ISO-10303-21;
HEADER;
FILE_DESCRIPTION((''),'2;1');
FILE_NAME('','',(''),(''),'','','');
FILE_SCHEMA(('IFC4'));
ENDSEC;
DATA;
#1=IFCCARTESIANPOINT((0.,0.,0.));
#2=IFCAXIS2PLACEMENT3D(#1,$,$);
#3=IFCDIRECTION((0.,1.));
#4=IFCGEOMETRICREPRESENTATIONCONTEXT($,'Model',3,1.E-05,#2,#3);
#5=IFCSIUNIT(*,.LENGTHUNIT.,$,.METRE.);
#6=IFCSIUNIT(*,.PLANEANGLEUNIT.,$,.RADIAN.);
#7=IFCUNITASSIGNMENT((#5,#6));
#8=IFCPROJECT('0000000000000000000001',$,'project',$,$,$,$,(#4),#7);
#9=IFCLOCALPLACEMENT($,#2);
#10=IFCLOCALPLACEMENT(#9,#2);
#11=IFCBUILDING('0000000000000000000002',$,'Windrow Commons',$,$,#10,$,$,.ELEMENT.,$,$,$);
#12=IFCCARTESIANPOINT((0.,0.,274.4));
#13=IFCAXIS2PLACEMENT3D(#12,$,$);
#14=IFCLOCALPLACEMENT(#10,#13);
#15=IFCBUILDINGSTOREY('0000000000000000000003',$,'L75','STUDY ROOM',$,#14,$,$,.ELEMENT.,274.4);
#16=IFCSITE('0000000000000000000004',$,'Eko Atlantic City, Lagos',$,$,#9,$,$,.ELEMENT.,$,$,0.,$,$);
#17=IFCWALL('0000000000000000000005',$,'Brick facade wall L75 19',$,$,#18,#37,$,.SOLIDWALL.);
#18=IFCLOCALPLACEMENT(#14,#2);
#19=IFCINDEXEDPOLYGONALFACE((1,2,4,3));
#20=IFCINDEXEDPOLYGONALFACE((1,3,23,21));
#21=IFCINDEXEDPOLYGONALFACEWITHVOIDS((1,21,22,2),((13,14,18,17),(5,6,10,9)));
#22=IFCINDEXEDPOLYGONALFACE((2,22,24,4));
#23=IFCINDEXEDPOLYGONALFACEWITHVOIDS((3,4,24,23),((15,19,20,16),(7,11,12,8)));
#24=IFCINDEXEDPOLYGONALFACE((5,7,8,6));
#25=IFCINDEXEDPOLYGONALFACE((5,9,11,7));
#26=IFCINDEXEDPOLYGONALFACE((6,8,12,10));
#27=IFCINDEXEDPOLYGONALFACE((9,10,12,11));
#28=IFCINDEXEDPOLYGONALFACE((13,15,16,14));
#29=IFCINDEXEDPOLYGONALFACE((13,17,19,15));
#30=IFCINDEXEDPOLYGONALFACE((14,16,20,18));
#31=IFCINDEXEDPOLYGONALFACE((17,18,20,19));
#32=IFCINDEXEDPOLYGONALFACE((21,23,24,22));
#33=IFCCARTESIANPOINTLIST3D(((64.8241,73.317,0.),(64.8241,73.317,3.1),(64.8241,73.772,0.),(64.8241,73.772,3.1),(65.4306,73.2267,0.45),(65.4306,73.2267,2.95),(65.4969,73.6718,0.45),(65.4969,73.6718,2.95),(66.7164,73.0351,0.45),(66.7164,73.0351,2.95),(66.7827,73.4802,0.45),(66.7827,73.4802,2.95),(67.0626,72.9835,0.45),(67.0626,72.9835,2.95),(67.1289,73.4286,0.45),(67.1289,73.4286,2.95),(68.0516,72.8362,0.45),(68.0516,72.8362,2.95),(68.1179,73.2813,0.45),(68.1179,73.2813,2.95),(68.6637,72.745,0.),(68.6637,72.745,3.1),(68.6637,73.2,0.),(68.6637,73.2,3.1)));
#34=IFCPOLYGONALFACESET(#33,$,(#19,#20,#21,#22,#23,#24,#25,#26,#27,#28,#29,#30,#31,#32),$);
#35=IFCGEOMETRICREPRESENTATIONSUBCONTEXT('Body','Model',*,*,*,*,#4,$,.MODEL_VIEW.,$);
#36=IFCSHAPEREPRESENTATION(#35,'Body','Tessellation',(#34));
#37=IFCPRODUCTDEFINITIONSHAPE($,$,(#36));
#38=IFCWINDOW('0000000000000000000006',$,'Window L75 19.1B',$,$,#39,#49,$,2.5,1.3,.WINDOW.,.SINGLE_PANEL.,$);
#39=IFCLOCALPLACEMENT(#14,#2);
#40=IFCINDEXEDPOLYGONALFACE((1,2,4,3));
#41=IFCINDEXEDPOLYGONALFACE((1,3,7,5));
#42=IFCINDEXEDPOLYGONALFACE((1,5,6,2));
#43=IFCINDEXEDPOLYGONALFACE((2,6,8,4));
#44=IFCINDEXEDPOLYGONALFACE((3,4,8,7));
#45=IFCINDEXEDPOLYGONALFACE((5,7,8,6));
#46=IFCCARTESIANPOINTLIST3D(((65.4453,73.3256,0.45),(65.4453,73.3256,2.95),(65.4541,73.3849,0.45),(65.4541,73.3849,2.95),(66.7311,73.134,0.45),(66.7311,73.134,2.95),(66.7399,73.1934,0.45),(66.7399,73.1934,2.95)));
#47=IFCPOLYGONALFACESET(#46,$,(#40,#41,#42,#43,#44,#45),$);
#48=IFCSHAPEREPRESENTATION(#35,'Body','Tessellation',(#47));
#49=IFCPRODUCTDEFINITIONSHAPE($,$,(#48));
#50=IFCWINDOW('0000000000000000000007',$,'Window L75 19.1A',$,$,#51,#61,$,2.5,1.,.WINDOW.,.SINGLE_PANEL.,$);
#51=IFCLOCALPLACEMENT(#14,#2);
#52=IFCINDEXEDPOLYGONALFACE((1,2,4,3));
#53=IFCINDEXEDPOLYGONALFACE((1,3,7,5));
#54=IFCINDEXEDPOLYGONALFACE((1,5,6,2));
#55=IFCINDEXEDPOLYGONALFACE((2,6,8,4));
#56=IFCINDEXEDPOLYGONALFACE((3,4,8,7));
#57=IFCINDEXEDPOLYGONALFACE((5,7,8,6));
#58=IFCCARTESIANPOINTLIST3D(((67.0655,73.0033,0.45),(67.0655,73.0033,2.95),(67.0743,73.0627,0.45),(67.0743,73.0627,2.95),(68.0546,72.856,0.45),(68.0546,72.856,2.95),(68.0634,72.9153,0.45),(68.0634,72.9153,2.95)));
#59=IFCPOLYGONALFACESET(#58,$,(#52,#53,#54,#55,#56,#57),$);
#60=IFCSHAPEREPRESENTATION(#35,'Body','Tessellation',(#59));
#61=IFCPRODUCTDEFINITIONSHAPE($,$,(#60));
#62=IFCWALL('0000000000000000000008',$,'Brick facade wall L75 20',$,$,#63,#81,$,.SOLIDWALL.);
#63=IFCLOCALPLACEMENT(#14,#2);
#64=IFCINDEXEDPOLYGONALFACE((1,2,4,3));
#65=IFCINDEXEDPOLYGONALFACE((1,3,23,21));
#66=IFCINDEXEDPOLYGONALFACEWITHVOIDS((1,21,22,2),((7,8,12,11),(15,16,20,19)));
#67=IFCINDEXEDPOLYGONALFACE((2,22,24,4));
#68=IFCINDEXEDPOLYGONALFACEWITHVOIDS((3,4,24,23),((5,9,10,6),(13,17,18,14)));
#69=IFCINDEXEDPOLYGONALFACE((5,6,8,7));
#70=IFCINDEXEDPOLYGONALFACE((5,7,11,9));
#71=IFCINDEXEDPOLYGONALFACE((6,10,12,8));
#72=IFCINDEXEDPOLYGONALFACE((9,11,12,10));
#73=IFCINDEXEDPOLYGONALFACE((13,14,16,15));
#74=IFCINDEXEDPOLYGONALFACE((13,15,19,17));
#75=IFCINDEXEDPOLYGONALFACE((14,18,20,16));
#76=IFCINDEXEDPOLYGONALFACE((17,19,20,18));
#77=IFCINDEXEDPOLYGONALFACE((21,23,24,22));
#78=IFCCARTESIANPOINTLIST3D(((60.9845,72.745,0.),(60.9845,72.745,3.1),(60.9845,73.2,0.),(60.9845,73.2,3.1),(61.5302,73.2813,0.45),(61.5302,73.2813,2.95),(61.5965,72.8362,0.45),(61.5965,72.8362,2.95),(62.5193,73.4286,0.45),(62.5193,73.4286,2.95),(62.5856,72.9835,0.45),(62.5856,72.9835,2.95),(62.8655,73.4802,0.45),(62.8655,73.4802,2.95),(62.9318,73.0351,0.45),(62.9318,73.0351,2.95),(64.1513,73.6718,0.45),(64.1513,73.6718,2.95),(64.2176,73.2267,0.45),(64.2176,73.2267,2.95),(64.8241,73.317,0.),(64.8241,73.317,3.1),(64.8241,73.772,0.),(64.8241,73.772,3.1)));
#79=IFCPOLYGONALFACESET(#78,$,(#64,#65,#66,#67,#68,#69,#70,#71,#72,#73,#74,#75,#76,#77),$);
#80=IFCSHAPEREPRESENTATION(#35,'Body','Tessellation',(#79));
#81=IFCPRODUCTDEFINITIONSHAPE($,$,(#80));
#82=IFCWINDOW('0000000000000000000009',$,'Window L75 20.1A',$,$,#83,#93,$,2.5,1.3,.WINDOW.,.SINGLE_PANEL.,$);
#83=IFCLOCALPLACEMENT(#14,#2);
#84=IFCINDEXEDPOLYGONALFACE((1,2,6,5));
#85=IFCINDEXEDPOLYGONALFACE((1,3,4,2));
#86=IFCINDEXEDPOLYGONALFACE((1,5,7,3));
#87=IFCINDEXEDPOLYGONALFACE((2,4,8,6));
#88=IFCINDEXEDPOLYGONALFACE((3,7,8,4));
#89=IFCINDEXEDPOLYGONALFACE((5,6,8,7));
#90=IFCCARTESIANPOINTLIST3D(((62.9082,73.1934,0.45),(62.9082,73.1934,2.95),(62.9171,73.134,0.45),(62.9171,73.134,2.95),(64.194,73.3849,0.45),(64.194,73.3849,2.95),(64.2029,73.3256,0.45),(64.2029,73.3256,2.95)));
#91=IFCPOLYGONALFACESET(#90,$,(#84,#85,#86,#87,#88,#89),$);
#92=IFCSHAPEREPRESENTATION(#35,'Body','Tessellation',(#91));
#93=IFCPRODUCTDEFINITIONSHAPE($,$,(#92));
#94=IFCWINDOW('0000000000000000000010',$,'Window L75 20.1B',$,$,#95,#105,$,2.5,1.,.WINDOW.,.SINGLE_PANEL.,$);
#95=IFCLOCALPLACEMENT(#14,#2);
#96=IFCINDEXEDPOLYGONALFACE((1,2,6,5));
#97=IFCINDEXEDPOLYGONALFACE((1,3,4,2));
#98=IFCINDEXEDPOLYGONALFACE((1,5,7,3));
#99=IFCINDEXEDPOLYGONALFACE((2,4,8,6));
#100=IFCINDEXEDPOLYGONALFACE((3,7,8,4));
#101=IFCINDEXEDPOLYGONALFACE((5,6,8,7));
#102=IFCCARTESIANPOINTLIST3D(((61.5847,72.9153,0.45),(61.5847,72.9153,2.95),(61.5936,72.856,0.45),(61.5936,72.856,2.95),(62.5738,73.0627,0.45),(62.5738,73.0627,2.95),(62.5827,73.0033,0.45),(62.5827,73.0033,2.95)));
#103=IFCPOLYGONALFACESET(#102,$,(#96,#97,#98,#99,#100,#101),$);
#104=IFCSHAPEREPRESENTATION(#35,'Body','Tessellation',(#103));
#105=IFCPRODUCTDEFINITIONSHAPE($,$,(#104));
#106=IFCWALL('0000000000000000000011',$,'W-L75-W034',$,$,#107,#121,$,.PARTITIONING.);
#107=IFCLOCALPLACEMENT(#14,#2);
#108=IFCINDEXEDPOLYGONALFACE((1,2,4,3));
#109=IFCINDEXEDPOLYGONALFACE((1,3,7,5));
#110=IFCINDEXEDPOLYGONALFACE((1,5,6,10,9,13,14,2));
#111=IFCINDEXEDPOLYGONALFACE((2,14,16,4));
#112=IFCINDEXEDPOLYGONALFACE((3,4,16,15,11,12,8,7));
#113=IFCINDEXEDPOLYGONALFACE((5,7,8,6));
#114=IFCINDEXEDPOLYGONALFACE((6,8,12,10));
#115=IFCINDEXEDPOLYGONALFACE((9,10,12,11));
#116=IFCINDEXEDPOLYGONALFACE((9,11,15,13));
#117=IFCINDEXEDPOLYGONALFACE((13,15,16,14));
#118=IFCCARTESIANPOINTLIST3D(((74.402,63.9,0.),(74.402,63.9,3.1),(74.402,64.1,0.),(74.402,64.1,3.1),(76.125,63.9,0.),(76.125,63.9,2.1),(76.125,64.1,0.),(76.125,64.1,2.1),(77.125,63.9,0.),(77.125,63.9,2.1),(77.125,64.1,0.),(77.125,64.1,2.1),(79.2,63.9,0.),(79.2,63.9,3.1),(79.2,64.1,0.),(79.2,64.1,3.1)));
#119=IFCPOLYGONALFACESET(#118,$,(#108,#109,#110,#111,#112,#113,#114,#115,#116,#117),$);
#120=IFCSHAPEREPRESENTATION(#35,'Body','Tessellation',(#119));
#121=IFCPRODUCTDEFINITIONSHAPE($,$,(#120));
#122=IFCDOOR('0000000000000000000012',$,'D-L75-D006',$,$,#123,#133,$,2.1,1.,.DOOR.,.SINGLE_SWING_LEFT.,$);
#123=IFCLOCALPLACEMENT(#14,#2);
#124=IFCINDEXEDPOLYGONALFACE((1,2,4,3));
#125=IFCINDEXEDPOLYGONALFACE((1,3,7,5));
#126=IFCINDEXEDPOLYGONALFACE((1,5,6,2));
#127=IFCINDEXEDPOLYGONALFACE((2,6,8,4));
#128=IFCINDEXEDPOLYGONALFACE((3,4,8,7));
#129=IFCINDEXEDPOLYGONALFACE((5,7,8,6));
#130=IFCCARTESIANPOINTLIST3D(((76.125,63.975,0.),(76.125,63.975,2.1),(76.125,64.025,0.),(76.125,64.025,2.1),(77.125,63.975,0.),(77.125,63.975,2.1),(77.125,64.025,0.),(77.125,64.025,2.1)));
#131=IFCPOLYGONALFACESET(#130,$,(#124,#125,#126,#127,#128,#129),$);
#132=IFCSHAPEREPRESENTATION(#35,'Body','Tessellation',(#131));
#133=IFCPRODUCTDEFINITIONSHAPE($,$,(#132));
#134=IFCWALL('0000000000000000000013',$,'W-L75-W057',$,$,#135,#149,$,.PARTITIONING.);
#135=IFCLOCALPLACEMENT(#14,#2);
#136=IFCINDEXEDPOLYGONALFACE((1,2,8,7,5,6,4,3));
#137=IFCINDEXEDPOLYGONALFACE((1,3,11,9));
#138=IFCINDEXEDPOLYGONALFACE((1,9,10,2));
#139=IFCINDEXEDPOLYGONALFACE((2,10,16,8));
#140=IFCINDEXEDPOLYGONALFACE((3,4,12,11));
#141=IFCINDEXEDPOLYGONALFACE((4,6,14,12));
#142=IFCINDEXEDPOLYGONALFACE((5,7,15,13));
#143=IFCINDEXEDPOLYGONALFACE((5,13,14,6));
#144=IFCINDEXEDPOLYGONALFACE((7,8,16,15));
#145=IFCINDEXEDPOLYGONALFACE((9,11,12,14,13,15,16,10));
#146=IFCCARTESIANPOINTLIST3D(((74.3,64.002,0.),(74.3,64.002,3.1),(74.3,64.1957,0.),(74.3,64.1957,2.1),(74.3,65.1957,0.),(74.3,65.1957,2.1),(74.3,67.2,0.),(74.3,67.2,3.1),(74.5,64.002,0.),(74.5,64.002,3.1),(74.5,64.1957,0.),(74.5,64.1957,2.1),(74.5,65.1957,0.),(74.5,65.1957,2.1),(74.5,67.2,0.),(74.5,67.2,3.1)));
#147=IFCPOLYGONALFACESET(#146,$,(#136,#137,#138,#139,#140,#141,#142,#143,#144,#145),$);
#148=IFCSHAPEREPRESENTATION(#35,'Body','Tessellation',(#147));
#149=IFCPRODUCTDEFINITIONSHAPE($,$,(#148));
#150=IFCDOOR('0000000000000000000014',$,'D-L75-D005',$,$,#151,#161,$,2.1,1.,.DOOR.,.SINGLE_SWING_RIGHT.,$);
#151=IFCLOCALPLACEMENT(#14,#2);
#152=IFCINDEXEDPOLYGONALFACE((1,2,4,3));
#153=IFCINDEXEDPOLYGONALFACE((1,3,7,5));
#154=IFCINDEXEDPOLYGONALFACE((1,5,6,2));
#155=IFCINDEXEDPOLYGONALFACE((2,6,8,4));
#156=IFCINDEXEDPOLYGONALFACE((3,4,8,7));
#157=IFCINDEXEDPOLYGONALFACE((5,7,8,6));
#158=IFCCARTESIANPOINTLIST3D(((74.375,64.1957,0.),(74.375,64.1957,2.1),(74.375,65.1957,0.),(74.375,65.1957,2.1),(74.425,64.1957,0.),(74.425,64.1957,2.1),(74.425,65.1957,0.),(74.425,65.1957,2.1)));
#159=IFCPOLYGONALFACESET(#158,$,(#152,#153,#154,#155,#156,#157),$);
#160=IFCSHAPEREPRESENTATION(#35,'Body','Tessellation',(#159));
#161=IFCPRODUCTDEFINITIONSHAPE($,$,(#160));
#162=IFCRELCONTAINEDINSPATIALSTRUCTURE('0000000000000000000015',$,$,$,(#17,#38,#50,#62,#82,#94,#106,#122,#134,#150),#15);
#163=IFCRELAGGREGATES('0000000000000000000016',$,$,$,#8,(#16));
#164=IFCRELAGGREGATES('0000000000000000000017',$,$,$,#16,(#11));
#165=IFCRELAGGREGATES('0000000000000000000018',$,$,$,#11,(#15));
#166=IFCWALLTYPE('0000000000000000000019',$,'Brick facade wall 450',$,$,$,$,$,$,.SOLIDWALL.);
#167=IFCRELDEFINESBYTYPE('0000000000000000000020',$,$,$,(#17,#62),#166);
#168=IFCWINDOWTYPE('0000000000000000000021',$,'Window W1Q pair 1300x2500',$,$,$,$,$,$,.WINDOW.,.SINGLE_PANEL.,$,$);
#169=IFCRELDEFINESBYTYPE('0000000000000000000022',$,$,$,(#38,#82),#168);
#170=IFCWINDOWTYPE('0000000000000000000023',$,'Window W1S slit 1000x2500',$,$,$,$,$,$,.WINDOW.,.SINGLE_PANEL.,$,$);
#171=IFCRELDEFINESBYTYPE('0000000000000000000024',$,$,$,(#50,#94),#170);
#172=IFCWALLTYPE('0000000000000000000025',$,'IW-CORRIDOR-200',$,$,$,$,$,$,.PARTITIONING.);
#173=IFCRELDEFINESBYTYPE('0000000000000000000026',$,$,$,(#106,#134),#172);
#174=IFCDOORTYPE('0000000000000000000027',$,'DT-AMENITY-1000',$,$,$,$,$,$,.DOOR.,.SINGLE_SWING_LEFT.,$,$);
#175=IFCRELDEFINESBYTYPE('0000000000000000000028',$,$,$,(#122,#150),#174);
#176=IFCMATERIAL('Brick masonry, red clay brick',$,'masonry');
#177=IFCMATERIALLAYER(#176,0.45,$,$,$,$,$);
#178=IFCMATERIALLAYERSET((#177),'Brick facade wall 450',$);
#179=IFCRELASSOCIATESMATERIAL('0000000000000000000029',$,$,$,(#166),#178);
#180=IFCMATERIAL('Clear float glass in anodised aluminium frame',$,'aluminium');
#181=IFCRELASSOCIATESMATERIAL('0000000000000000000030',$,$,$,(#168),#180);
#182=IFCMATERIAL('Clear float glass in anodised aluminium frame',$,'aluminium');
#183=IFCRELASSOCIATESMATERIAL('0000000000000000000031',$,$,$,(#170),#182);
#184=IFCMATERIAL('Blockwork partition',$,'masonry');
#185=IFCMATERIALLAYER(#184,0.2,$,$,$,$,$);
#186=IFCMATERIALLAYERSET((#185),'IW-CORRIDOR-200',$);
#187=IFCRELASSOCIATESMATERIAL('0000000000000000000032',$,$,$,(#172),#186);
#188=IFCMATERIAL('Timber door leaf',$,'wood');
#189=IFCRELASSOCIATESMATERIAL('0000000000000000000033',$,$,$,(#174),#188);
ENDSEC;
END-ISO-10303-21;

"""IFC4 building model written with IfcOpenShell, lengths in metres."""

from ifc_helpers import new_model, si_unit, direction, frame, frame_2d, origin, place, context, subcontext, project, spatial, polyline, rectangle, outline, extrude, material, layer, layer_set, type_object, element, fill, save


model = new_model("IFC4")

# Units and contexts
model_context = context("Model", 3, precision=1e-05, world=origin(), true_north=direction((0.0, 1.0)))
body_context = subcontext(model_context, "Body", "Model", "MODEL_VIEW")
ifc_project = project(units=[si_unit("LENGTHUNIT", "METRE"), si_unit("PLANEANGLEUNIT", "RADIAN")], contexts=[model_context])

# Site, building, storey
site_placement = place(None, origin())
site = spatial("IfcSite", under=ifc_project, at=site_placement, Name="Eko Atlantic City, Lagos", CompositionType="ELEMENT", RefElevation=0.0)
building_placement = place(site_placement, origin())
building = spatial("IfcBuilding", under=site, at=building_placement, Name="Windrow Commons", CompositionType="ELEMENT")
storey_placement = place(building_placement, frame((0.0, 0.0, 274.4)))
storey = spatial("IfcBuildingStorey", under=building, at=storey_placement, Name="L75", Description="STUDY ROOM", CompositionType="ELEMENT", Elevation=274.4)

# Shared definitions
ifc_material_1 = material(Name="Brick masonry, red clay brick", Category="masonry")
ifc_layer_1 = layer(ifc_material_1, 0.45)
ifc_layer_set_1 = layer_set([ifc_layer_1], Name="Brick facade wall 450")
wall_type_1 = type_object("IfcWallType", Name="Brick facade wall 450", PredefinedType="SOLIDWALL", material=ifc_layer_set_1)

# Walls, openings, windows
ifc_material_2 = material(Name="Clear float glass in anodised aluminium frame", Category="aluminium")
window_type_1 = type_object("IfcWindowType", Name="Window W1Q pair 1300x2500", PartitioningType="SINGLE_PANEL", PredefinedType="WINDOW", material=ifc_material_2)
wall_1_placement = place(storey_placement, frame((68.6637, 72.9725, 0.0), z_axis=(0.0, 0.0, 1.0), x_axis=(-0.989085, 0.147348, 0.0)))
wall_1 = element("IfcWall", 1, at=wall_1_placement, inside=storey, type_object=wall_type_1, Name="Brick facade wall L75 19", PredefinedType="SOLIDWALL", context=body_context, shape_type="SweptSolid", body=[
    extrude(outline(polyline([(0.0335, -0.225), (3.9155, -0.225), (3.8485, 0.225), (-0.0335, 0.225), (0.0335, -0.225)])), origin(), (0.0, 0.0, 1.0), 3.1),
])
opening_1_placement = place(wall_1_placement, frame((0.5853, 0.0, 0.45)))
opening_1 = element("IfcOpeningElement", 2, at=opening_1_placement, cuts=wall_1, PredefinedType="OPENING", context=body_context, shape_type="SweptSolid", body=[
    extrude(rectangle(XDim=1.0, YDim=2.5, at=frame_2d((0.5, 1.25))), frame((0.0, 0.235, 0.0), z_axis=(0.0, -1.0, 0.0), x_axis=(1.0, 0.0, 0.0)), (0.0, 0.0, 1.0), 0.47),
])
opening_2_placement = place(wall_1_placement, frame((1.9353, 0.0, 0.45)))
opening_2 = element("IfcOpeningElement", 3, at=opening_2_placement, cuts=wall_1, PredefinedType="OPENING", context=body_context, shape_type="SweptSolid", body=[
    extrude(rectangle(XDim=1.3, YDim=2.5, at=frame_2d((0.65, 1.25))), frame((0.0, 0.235, 0.0), z_axis=(0.0, -1.0, 0.0), x_axis=(1.0, 0.0, 0.0)), (0.0, 0.0, 1.0), 0.47),
])
window_1_placement = place(opening_2_placement, origin())
window_1 = element("IfcWindow", 4, at=window_1_placement, inside=storey, type_object=window_type_1, Name="Window L75 19.1B", OverallHeight=2.5, OverallWidth=1.3, PartitioningType="SINGLE_PANEL", PredefinedType="WINDOW", context=body_context, shape_type="SweptSolid", body=[
    extrude(rectangle(XDim=1.3, YDim=2.5, at=frame_2d((0.65, 1.25))), frame((0.0, 0.125, 0.0), z_axis=(0.0, -1.0, 0.0), x_axis=(1.0, 0.0, 0.0)), (0.0, 0.0, 1.0), 0.06),
])
fill(opening_2, window_1)
ifc_material_3 = material(Name="Clear float glass in anodised aluminium frame", Category="aluminium")
window_type_2 = type_object("IfcWindowType", Name="Window W1S slit 1000x2500", PartitioningType="SINGLE_PANEL", PredefinedType="WINDOW", material=ifc_material_3)
window_2_placement = place(opening_1_placement, origin())
window_2 = element("IfcWindow", 5, at=window_2_placement, inside=storey, type_object=window_type_2, Name="Window L75 19.1A", OverallHeight=2.5, OverallWidth=1.0, PartitioningType="SINGLE_PANEL", PredefinedType="WINDOW", context=body_context, shape_type="SweptSolid", body=[
    extrude(rectangle(XDim=1.0, YDim=2.5, at=frame_2d((0.5, 1.25))), frame((0.0, 0.205, 0.0), z_axis=(0.0, -1.0, 0.0), x_axis=(1.0, 0.0, 0.0)), (0.0, 0.0, 1.0), 0.06),
])
fill(opening_1, window_2)
wall_2_placement = place(storey_placement, frame((64.8241, 73.5445, 0.0), z_axis=(0.0, 0.0, 1.0), x_axis=(-0.989085, -0.147348, 0.0)))
wall_2 = element("IfcWall", 6, at=wall_2_placement, inside=storey, type_object=wall_type_1, Name="Brick facade wall L75 20", PredefinedType="SOLIDWALL", context=body_context, shape_type="SweptSolid", body=[
    extrude(outline(polyline([(-0.0335, -0.225), (3.8485, -0.225), (3.9155, 0.225), (0.0335, 0.225), (-0.0335, -0.225)])), origin(), (0.0, 0.0, 1.0), 3.1),
])
opening_3_placement = place(wall_2_placement, frame((0.6467, 0.0, 0.45)))
opening_3 = element("IfcOpeningElement", 7, at=opening_3_placement, cuts=wall_2, PredefinedType="OPENING", context=body_context, shape_type="SweptSolid", body=[
    extrude(rectangle(XDim=1.3, YDim=2.5, at=frame_2d((0.65, 1.25))), frame((0.0, 0.235, 0.0), z_axis=(0.0, -1.0, 0.0), x_axis=(1.0, 0.0, 0.0)), (0.0, 0.0, 1.0), 0.47),
])
opening_4_placement = place(wall_2_placement, frame((2.2967, 0.0, 0.45)))
opening_4 = element("IfcOpeningElement", 8, at=opening_4_placement, cuts=wall_2, PredefinedType="OPENING", context=body_context, shape_type="SweptSolid", body=[
    extrude(rectangle(XDim=1.0, YDim=2.5, at=frame_2d((0.5, 1.25))), frame((0.0, 0.235, 0.0), z_axis=(0.0, -1.0, 0.0), x_axis=(1.0, 0.0, 0.0)), (0.0, 0.0, 1.0), 0.47),
])
window_3_placement = place(opening_3_placement, origin())
window_3 = element("IfcWindow", 9, at=window_3_placement, inside=storey, type_object=window_type_1, Name="Window L75 20.1A", OverallHeight=2.5, OverallWidth=1.3, PartitioningType="SINGLE_PANEL", PredefinedType="WINDOW", context=body_context, shape_type="SweptSolid", body=[
    extrude(rectangle(XDim=1.3, YDim=2.5, at=frame_2d((0.65, 1.25))), frame((0.0, 0.125, 0.0), z_axis=(0.0, -1.0, 0.0), x_axis=(1.0, 0.0, 0.0)), (0.0, 0.0, 1.0), 0.06),
])
fill(opening_3, window_3)
window_4_placement = place(opening_4_placement, origin())
window_4 = element("IfcWindow", 10, at=window_4_placement, inside=storey, type_object=window_type_2, Name="Window L75 20.1B", OverallHeight=2.5, OverallWidth=1.0, PartitioningType="SINGLE_PANEL", PredefinedType="WINDOW", context=body_context, shape_type="SweptSolid", body=[
    extrude(rectangle(XDim=1.0, YDim=2.5, at=frame_2d((0.5, 1.25))), frame((0.0, 0.205, 0.0), z_axis=(0.0, -1.0, 0.0), x_axis=(1.0, 0.0, 0.0)), (0.0, 0.0, 1.0), 0.06),
])
fill(opening_4, window_4)

# Walls, openings, doors
ifc_material_4 = material(Name="Blockwork partition", Category="masonry")
ifc_layer_2 = layer(ifc_material_4, 0.2)
ifc_layer_set_2 = layer_set([ifc_layer_2], Name="IW-CORRIDOR-200")
wall_type_2 = type_object("IfcWallType", Name="IW-CORRIDOR-200", PredefinedType="PARTITIONING", material=ifc_layer_set_2)
wall_3_placement = place(storey_placement, frame((74.402, 64.0, 0.0), z_axis=(0.0, 0.0, 1.0), x_axis=(1.0, 0.0, 0.0)))
wall_3 = element("IfcWall", 11, at=wall_3_placement, inside=storey, type_object=wall_type_2, Name="W-L75-W034", PredefinedType="PARTITIONING", context=body_context, shape_type="SweptSolid", body=[
    extrude(rectangle(XDim=4.798, YDim=0.2, at=frame_2d((2.399, 0.0))), origin(), (0.0, 0.0, 1.0), 3.1),
])
opening_5_placement = place(wall_3_placement, frame((1.723, 0.0, 0.0)))
opening_5 = element("IfcOpeningElement", 12, at=opening_5_placement, cuts=wall_3, PredefinedType="OPENING", context=body_context, shape_type="SweptSolid", body=[
    extrude(rectangle(XDim=1.0, YDim=2.1, at=frame_2d((0.5, 1.05))), frame((0.0, 0.11, 0.0), z_axis=(0.0, -1.0, 0.0), x_axis=(1.0, 0.0, 0.0)), (0.0, 0.0, 1.0), 0.22),
])
ifc_material_5 = material(Name="Timber door leaf", Category="wood")
door_type = type_object("IfcDoorType", Name="DT-AMENITY-1000", OperationType="SINGLE_SWING_LEFT", PredefinedType="DOOR", material=ifc_material_5)
door_1_placement = place(opening_5_placement, origin())
door_1 = element("IfcDoor", 13, at=door_1_placement, inside=storey, type_object=door_type, Name="D-L75-D006", OperationType="SINGLE_SWING_LEFT", OverallHeight=2.1, OverallWidth=1.0, PredefinedType="DOOR", context=body_context, shape_type="SweptSolid", body=[
    extrude(rectangle(XDim=1.0, YDim=2.1, at=frame_2d((0.5, 1.05))), frame((0.0, 0.025, 0.0), z_axis=(0.0, -1.0, 0.0), x_axis=(1.0, 0.0, 0.0)), (0.0, 0.0, 1.0), 0.05),
])
fill(opening_5, door_1)
wall_4_placement = place(storey_placement, frame((74.4, 64.002, 0.0), z_axis=(0.0, 0.0, 1.0), x_axis=(0.0, 1.0, 0.0)))
wall_4 = element("IfcWall", 14, at=wall_4_placement, inside=storey, type_object=wall_type_2, Name="W-L75-W057", PredefinedType="PARTITIONING", context=body_context, shape_type="SweptSolid", body=[
    extrude(rectangle(XDim=3.198, YDim=0.2, at=frame_2d((1.599, 0.0))), origin(), (0.0, 0.0, 1.0), 3.1),
])
opening_6_placement = place(wall_4_placement, frame((0.1937, 0.0, 0.0)))
opening_6 = element("IfcOpeningElement", 15, at=opening_6_placement, cuts=wall_4, PredefinedType="OPENING", context=body_context, shape_type="SweptSolid", body=[
    extrude(rectangle(XDim=1.0, YDim=2.1, at=frame_2d((0.5, 1.05))), frame((0.0, 0.11, 0.0), z_axis=(0.0, -1.0, 0.0), x_axis=(1.0, 0.0, 0.0)), (0.0, 0.0, 1.0), 0.22),
])
door_2_placement = place(opening_6_placement, origin())
door_2 = element("IfcDoor", 16, at=door_2_placement, inside=storey, type_object=door_type, Name="D-L75-D005", OperationType="SINGLE_SWING_RIGHT", OverallHeight=2.1, OverallWidth=1.0, PredefinedType="DOOR", context=body_context, shape_type="SweptSolid", body=[
    extrude(rectangle(XDim=1.0, YDim=2.1, at=frame_2d((0.5, 1.05))), frame((0.0, 0.025, 0.0), z_axis=(0.0, -1.0, 0.0), x_axis=(1.0, 0.0, 0.0)), (0.0, 0.0, 1.0), 0.05),
])
fill(opening_6, door_2)

save(model, "model.ifc")
